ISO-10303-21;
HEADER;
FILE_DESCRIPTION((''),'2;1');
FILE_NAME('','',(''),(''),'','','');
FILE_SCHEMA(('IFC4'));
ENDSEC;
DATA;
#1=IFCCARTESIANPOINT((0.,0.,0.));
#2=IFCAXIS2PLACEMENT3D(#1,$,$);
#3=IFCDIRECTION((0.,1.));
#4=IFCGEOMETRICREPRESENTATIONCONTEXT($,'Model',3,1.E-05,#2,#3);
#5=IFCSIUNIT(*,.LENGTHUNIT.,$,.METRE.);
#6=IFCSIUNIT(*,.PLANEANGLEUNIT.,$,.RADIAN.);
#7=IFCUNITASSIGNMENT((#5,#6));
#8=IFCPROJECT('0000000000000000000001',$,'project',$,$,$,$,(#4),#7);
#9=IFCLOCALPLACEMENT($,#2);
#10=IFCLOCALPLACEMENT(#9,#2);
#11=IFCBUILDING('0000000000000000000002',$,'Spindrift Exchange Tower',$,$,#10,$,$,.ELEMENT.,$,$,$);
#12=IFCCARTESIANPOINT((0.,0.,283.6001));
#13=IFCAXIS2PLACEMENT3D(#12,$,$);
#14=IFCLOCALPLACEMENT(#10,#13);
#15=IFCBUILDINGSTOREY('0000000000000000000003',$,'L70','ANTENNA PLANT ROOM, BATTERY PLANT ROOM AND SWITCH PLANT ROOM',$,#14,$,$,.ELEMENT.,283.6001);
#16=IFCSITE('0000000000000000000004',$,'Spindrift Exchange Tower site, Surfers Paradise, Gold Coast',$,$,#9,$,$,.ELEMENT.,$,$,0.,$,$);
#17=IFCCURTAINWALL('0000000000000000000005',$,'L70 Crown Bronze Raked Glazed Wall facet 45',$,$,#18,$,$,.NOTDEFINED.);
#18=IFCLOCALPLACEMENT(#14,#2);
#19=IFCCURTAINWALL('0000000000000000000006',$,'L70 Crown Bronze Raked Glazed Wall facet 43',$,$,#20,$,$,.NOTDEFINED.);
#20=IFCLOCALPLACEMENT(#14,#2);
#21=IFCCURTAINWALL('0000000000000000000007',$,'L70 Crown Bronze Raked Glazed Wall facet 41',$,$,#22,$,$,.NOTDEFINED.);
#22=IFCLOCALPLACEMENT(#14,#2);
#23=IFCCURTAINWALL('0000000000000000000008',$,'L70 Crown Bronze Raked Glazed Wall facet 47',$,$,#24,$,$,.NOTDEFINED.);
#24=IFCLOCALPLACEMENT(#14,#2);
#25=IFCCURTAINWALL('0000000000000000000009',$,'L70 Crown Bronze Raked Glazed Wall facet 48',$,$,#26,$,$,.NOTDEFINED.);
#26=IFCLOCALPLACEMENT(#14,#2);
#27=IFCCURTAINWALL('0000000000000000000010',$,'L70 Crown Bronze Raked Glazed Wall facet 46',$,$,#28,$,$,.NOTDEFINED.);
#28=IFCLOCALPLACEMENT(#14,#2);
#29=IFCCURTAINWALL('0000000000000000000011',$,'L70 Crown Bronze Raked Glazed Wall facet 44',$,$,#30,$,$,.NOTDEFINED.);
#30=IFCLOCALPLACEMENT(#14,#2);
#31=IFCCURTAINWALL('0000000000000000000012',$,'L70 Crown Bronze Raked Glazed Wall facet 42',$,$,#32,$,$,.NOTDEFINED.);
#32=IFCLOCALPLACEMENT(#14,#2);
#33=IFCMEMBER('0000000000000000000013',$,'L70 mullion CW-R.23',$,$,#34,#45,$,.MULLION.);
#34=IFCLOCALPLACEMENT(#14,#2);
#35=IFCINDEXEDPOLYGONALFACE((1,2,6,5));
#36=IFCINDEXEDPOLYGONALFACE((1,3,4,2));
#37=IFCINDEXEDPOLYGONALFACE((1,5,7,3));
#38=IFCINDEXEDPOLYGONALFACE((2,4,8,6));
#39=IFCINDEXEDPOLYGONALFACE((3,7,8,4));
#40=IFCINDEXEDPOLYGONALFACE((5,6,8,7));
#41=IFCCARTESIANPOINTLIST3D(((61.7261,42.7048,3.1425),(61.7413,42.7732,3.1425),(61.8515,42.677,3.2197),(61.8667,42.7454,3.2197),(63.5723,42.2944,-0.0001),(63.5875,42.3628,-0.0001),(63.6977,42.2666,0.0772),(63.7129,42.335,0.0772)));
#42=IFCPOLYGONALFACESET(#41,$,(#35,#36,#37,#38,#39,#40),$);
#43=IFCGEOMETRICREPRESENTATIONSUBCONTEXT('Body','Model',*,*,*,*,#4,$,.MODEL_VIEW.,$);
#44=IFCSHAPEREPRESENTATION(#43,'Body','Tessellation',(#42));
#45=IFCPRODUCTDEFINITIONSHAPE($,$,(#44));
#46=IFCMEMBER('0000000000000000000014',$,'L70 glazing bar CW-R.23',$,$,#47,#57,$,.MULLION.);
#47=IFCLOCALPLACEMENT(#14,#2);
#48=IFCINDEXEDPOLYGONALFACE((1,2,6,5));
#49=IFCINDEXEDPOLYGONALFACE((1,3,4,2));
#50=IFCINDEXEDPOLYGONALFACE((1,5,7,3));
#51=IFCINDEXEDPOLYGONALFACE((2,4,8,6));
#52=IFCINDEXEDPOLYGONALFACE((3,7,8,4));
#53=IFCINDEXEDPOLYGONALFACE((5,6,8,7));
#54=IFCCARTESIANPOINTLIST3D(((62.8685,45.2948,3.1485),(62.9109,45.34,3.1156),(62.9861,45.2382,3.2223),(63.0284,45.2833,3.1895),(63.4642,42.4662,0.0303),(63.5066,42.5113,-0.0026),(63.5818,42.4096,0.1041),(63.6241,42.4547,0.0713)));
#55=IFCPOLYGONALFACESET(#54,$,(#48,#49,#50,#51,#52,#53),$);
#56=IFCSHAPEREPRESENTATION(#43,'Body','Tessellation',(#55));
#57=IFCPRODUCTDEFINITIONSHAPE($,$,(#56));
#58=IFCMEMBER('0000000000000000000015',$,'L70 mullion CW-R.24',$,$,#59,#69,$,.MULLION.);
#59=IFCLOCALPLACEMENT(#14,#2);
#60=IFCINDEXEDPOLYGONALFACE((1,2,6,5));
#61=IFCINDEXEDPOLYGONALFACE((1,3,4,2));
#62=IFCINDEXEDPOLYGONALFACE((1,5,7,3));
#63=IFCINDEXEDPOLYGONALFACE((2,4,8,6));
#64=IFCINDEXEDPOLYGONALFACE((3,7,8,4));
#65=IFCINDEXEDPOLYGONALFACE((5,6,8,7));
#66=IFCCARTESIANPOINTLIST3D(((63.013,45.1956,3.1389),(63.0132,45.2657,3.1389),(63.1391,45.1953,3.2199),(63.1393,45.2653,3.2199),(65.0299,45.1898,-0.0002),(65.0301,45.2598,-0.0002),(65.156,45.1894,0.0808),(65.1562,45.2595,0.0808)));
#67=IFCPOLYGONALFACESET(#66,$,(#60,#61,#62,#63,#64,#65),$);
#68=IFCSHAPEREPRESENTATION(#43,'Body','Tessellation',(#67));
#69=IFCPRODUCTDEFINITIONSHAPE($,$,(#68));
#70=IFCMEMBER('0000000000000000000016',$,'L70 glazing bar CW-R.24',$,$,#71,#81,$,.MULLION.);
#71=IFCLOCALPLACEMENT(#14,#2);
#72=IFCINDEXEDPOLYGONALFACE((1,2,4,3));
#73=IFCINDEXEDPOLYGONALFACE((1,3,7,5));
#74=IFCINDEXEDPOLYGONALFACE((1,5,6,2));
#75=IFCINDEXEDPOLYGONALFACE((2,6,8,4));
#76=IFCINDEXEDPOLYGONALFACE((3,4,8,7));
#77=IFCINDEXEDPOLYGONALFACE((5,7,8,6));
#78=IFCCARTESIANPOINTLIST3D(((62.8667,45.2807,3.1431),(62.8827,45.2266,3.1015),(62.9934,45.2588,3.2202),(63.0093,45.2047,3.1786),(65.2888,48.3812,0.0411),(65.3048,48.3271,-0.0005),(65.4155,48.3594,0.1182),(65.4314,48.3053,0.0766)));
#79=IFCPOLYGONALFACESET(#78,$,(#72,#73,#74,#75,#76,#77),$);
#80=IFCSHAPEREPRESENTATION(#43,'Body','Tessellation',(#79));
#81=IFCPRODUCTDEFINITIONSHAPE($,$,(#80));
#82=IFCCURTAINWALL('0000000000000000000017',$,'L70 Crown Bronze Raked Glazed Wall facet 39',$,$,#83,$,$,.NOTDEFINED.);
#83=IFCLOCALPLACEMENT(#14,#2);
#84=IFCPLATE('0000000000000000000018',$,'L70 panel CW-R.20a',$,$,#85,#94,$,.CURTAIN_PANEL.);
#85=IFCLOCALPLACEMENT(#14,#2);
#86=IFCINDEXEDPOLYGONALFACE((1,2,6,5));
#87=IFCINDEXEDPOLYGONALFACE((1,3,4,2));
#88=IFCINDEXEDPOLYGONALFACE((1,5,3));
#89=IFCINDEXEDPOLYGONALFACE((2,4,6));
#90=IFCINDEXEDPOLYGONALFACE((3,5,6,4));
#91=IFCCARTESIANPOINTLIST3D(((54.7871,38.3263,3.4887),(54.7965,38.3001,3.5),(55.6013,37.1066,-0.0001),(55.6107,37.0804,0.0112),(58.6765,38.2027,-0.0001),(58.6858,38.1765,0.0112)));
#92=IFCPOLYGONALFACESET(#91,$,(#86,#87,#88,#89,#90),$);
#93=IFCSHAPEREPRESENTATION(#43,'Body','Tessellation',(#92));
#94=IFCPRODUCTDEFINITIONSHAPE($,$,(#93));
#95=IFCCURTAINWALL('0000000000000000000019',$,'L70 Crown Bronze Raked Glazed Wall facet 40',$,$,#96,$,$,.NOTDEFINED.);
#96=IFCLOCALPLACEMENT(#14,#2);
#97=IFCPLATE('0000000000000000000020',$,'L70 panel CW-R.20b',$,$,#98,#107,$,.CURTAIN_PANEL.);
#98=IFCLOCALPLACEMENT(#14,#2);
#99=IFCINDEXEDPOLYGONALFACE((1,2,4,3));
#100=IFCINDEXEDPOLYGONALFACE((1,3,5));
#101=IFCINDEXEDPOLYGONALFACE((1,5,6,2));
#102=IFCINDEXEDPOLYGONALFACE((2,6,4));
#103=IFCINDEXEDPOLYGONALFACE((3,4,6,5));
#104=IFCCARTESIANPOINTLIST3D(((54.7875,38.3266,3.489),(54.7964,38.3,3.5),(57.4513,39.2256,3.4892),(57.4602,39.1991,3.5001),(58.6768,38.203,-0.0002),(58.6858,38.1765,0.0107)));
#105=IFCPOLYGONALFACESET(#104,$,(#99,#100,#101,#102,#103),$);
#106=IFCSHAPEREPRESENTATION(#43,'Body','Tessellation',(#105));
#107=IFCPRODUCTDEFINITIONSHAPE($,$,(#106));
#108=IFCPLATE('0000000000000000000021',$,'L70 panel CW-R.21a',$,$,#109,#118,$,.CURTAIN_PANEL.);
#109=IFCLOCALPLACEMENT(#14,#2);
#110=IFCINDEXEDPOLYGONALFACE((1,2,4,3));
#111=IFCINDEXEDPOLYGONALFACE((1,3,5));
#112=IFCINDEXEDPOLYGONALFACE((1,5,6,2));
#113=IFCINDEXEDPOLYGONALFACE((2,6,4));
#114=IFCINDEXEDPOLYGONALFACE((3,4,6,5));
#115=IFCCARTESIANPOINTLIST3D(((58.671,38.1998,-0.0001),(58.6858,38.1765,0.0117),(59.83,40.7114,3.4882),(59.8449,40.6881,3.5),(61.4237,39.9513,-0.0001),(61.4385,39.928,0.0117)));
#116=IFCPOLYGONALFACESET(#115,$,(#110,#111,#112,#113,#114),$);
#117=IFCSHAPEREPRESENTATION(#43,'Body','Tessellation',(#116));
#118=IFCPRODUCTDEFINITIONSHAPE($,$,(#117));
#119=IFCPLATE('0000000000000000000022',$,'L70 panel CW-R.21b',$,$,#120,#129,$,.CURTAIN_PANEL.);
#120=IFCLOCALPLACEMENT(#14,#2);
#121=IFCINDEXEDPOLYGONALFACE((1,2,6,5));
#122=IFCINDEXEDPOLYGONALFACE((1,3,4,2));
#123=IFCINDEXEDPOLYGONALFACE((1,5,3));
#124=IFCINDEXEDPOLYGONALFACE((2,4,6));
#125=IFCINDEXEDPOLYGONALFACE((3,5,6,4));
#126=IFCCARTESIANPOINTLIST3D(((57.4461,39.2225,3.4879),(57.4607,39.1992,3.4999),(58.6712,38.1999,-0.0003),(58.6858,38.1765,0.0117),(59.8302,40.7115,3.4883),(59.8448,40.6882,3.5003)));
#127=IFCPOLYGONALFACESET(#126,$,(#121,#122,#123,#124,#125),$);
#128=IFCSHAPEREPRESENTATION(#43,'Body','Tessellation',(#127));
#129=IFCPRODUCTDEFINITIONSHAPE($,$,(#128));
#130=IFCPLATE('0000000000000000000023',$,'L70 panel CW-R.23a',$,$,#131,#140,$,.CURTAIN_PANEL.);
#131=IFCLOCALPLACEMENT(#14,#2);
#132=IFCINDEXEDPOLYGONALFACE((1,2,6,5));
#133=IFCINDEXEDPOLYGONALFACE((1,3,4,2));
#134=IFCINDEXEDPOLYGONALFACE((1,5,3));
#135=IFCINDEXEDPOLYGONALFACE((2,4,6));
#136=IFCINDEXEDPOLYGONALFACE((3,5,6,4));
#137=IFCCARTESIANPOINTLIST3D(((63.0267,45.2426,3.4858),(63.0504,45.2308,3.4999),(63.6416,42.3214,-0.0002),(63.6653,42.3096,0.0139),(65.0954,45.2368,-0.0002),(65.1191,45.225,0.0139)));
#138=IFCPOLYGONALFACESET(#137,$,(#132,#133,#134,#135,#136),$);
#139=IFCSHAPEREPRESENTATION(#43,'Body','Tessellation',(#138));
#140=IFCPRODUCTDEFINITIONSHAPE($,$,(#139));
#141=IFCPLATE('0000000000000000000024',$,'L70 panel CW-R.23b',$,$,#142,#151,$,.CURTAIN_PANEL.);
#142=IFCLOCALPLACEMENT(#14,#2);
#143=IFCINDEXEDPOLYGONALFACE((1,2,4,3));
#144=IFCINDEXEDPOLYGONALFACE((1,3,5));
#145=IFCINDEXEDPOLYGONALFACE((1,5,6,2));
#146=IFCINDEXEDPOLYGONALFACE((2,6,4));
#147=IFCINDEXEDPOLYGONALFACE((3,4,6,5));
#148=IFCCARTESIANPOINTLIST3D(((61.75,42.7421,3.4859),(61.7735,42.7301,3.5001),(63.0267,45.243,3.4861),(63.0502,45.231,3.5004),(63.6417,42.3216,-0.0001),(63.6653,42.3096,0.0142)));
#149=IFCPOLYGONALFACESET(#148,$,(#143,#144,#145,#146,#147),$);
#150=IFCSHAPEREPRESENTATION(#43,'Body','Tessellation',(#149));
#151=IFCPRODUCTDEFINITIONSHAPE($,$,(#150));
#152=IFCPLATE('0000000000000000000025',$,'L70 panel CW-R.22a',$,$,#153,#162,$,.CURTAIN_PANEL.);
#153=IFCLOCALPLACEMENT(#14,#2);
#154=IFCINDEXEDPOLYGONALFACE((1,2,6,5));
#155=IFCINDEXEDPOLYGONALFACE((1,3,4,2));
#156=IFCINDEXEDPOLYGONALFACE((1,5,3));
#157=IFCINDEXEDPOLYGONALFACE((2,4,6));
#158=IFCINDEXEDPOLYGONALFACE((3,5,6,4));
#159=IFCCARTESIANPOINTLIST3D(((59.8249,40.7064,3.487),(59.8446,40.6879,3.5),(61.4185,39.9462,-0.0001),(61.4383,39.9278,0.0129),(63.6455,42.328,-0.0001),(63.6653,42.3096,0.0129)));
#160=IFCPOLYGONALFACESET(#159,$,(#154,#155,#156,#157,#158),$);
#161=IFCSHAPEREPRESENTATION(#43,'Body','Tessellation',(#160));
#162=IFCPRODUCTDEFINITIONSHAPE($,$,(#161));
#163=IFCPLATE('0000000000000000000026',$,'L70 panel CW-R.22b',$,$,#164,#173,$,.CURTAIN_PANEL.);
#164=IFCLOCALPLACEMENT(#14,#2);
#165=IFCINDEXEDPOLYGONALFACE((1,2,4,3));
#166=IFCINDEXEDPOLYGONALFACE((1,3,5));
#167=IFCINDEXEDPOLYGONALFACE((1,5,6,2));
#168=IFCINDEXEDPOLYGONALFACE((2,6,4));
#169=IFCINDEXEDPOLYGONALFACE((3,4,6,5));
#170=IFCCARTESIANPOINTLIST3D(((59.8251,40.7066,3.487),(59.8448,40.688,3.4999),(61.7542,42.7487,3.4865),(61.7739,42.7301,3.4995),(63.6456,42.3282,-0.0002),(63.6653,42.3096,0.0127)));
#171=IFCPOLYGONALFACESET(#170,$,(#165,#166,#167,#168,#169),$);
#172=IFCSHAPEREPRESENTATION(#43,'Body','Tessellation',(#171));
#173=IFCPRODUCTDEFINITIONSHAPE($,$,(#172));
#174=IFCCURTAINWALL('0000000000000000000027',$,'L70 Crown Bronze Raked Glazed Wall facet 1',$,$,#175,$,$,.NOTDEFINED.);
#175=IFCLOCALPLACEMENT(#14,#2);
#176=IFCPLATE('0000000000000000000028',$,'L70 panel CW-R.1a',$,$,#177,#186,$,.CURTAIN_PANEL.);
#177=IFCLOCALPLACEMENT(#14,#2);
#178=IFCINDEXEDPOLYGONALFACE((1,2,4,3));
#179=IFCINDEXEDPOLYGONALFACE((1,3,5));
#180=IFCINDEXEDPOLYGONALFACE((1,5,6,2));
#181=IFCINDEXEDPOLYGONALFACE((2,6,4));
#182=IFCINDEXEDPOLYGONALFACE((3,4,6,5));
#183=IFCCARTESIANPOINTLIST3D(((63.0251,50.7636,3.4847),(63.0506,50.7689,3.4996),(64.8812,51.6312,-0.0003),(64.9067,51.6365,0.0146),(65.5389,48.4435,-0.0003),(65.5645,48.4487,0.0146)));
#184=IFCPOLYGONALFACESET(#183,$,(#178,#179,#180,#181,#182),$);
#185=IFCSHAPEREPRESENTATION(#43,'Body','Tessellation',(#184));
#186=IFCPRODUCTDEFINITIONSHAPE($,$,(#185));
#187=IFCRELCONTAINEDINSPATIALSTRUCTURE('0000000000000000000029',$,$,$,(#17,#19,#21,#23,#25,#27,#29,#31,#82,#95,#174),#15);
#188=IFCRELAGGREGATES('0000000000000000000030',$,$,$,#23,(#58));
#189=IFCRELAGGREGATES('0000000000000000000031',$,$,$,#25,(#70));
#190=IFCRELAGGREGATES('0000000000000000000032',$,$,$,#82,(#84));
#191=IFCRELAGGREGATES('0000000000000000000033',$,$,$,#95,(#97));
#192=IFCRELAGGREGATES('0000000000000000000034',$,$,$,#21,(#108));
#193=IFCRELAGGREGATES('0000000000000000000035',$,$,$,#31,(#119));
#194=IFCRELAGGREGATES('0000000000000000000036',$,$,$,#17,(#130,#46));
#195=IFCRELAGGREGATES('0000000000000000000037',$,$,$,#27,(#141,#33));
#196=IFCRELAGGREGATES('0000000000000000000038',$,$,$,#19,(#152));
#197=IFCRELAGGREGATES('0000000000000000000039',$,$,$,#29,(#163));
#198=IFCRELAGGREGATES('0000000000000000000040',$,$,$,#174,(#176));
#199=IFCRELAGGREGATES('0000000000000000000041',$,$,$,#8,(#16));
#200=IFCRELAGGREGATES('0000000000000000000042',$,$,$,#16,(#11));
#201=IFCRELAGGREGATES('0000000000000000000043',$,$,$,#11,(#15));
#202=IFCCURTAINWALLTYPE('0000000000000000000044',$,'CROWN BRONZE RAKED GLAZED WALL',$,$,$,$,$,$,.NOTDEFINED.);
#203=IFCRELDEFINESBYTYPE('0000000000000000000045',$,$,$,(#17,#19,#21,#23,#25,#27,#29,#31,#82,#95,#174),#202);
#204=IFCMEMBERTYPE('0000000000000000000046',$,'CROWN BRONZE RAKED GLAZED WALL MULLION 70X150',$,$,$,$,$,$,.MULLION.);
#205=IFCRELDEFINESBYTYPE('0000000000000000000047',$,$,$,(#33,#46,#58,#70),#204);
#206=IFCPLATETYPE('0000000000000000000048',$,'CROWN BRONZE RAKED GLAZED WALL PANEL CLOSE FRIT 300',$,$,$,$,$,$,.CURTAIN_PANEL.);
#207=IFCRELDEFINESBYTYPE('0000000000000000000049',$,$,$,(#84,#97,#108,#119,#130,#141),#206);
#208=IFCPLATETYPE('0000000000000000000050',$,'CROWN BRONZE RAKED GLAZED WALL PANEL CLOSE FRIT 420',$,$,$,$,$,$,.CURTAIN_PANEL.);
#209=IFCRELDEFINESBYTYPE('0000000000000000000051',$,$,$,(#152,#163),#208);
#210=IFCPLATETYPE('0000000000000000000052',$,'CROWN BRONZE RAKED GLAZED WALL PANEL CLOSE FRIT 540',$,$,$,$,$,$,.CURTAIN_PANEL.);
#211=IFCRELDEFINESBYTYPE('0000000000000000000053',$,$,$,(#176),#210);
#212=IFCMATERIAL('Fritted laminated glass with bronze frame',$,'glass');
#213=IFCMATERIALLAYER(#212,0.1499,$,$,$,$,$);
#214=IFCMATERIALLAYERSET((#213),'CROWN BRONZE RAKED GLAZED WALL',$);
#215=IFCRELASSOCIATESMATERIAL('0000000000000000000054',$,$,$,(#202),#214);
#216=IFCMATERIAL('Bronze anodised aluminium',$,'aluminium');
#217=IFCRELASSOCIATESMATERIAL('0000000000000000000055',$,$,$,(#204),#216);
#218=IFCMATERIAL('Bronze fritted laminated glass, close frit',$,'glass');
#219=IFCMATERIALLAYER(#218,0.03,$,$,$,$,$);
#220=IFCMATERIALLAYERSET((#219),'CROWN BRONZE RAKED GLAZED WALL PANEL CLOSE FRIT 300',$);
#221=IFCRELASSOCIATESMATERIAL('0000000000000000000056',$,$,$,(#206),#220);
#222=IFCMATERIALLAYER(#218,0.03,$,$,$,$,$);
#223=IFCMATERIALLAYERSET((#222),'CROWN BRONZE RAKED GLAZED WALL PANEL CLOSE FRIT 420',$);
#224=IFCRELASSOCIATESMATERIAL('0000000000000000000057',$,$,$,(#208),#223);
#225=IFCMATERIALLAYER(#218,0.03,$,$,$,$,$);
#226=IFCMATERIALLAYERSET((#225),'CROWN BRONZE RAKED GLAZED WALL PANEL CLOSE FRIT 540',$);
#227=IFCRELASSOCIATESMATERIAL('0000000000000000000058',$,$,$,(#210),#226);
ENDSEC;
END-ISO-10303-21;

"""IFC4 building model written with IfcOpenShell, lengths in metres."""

from ifc_helpers import new_model, si_unit, direction, frame, origin, origin_2d, place, context, subcontext, project, spatial, line, indexed_curve, rectangle, outline, extrude, source, transform, mapped, material, layer, layer_set, material_profile, profile_set, type_object, element, aggregate, save


model = new_model("IFC4")

# Units and contexts
model_context = context("Model", 3, precision=1e-05, world=origin(), true_north=direction((0.0, 1.0)))
body_context = subcontext(model_context, "Body", "Model", "MODEL_VIEW")
ifc_project = project(units=[si_unit("LENGTHUNIT", "METRE"), si_unit("PLANEANGLEUNIT", "RADIAN")], contexts=[model_context])

# Site, building, storey
site_placement = place(None, origin())
site = spatial("IfcSite", under=ifc_project, at=site_placement, Name="Spindrift Exchange Tower site, Surfers Paradise, Gold Coast", CompositionType="ELEMENT", RefElevation=0.0)
building_placement = place(site_placement, origin())
building = spatial("IfcBuilding", under=site, at=building_placement, Name="Spindrift Exchange Tower", CompositionType="ELEMENT")
storey_placement = place(building_placement, frame((0.0, 0.0, 283.6001)))
storey = spatial("IfcBuildingStorey", under=building, at=storey_placement, Name="L70", Description="ANTENNA PLANT ROOM, BATTERY PLANT ROOM AND SWITCH PLANT ROOM", CompositionType="ELEMENT", Elevation=283.6001)

# Curtain walls
ifc_material_1 = material(Name="Fritted laminated glass with bronze frame", Category="glass")
ifc_layer_1 = layer(ifc_material_1, 0.1499)
ifc_layer_set_1 = layer_set([ifc_layer_1], Name="CROWN BRONZE RAKED GLAZED WALL")
curtain_wall_type = type_object("IfcCurtainWallType", Name="CROWN BRONZE RAKED GLAZED WALL", PredefinedType="NOTDEFINED", material=ifc_layer_set_1)
curtain_wall_1_placement = place(storey_placement, origin())
curtain_wall_1 = element("IfcCurtainWall", 1, at=curtain_wall_1_placement, inside=storey, type_object=curtain_wall_type, Name="L70 Crown Bronze Raked Glazed Wall facet 45", PredefinedType="NOTDEFINED")
ifc_material_2 = material(Name="Bronze anodised aluminium", Category="aluminium")
curtain_wall_2_placement = place(storey_placement, origin())
curtain_wall_2 = element("IfcCurtainWall", 2, at=curtain_wall_2_placement, inside=storey, type_object=curtain_wall_type, Name="L70 Crown Bronze Raked Glazed Wall facet 43", PredefinedType="NOTDEFINED")
curtain_wall_3_placement = place(storey_placement, origin())
curtain_wall_3 = element("IfcCurtainWall", 3, at=curtain_wall_3_placement, inside=storey, type_object=curtain_wall_type, Name="L70 Crown Bronze Raked Glazed Wall facet 41", PredefinedType="NOTDEFINED")
curtain_wall_4_placement = place(storey_placement, origin())
curtain_wall_4 = element("IfcCurtainWall", 4, at=curtain_wall_4_placement, inside=storey, type_object=curtain_wall_type, Name="L70 Crown Bronze Raked Glazed Wall facet 47", PredefinedType="NOTDEFINED")
curtain_wall_5_placement = place(storey_placement, origin())
curtain_wall_5 = element("IfcCurtainWall", 5, at=curtain_wall_5_placement, inside=storey, type_object=curtain_wall_type, Name="L70 Crown Bronze Raked Glazed Wall facet 48", PredefinedType="NOTDEFINED")

# Shared definitions
ifc_material_profile_1 = material_profile(ifc_material_2, rectangle(XDim=0.0701, YDim=0.1499, at=origin_2d()), Name="CROWN BRONZE RAKED GLAZED WALL MULLION 70X150")
ifc_profile_set_1 = profile_set([ifc_material_profile_1], Name="Bronze anodised aluminium")
member_type_1 = type_object("IfcMemberType", Name="CROWN BRONZE RAKED GLAZED WALL MULLION 70X150", PredefinedType="MULLION", material=ifc_profile_set_1)

# Curtain walls
curtain_wall_6_placement = place(storey_placement, origin())
curtain_wall_6 = element("IfcCurtainWall", 6, at=curtain_wall_6_placement, inside=storey, type_object=curtain_wall_type, Name="L70 Crown Bronze Raked Glazed Wall facet 46", PredefinedType="NOTDEFINED")
curtain_wall_7_placement = place(storey_placement, origin())
curtain_wall_7 = element("IfcCurtainWall", 7, at=curtain_wall_7_placement, inside=storey, type_object=curtain_wall_type, Name="L70 Crown Bronze Raked Glazed Wall facet 44", PredefinedType="NOTDEFINED")
curtain_wall_8_placement = place(storey_placement, origin())
curtain_wall_8 = element("IfcCurtainWall", 8, at=curtain_wall_8_placement, inside=storey, type_object=curtain_wall_type, Name="L70 Crown Bronze Raked Glazed Wall facet 42", PredefinedType="NOTDEFINED")

# Members
shared_shape_1 = source(origin(), body_context, "Body", "SweptSolid", [
    extrude(rectangle(XDim=0.0701, YDim=0.1499, at=origin_2d()), origin(), (0.0, 0.0, 1.0), 3.6677),
])
member_1_placement = place(storey_placement, frame((63.6426, 42.3147, 0.0386), z_axis=(-0.503353, 0.111893, 0.856805), x_axis=(-0.216999, -0.976172, 0.0)))
member_1 = element("IfcMember", 9, at=member_1_placement, type_object=member_type_1, Name="L70 mullion CW-R.23", PredefinedType="MULLION", context=body_context, shape_type="MappedRepresentation", body=[
    mapped(shared_shape_1, transform((0.0, 0.0, 0.0), scale=1.0)),
])
shared_shape_2 = source(origin(), body_context, "Body", "SweptSolid", [
    extrude(rectangle(XDim=0.0701, YDim=0.1499, at=origin_2d()), origin(), (0.0, 0.0, 1.0), 4.252),
])
member_2_placement = place(storey_placement, frame((63.5442, 42.4604, 0.0508), z_axis=(-0.140102, 0.665255, 0.733354), x_axis=(-0.604668, -0.64399, 0.468672)))
member_2 = element("IfcMember", 10, at=member_2_placement, type_object=member_type_1, Name="L70 glazing bar CW-R.23", PredefinedType="MULLION", context=body_context, shape_type="MappedRepresentation", body=[
    mapped(shared_shape_2, transform((0.0, 0.0, 0.0), scale=1.0)),
])
shared_shape_3 = source(origin(), body_context, "Body", "SweptSolid", [
    extrude(rectangle(XDim=0.0701, YDim=0.1499, at=origin_2d()), origin(), (0.0, 0.0, 1.0), 3.7312),
])
member_3_placement = place(storey_placement, frame((65.093, 45.2246, 0.0403), z_axis=(-0.540532, 0.00157, 0.841322), x_axis=(-0.002905, -0.999996, 0.0)))
member_3 = element("IfcMember", 11, at=member_3_placement, type_object=member_type_1, Name="L70 mullion CW-R.24", PredefinedType="MULLION", context=body_context, shape_type="MappedRepresentation", body=[
    mapped(shared_shape_3, transform((0.0, 0.0, 0.0), scale=1.0)),
])
aggregate(curtain_wall_4, [member_3])
shared_shape_4 = source(origin(), body_context, "Body", "SweptSolid", [
    extrude(rectangle(XDim=0.0701, YDim=0.1499, at=origin_2d()), origin(), (0.0, 0.0, 1.0), 5.0103),
])
member_4_placement = place(storey_placement, frame((65.3601, 48.3433, 0.0588), z_axis=(-0.483429, -0.618844, 0.619136), x_axis=(0.228207, -0.771911, -0.593359)))
member_4 = element("IfcMember", 12, at=member_4_placement, type_object=member_type_1, Name="L70 glazing bar CW-R.24", PredefinedType="MULLION", context=body_context, shape_type="MappedRepresentation", body=[
    mapped(shared_shape_4, transform((0.0, 0.0, 0.0), scale=1.0)),
])
aggregate(curtain_wall_5, [member_4])

# Curtain walls, plates
curtain_wall_9_placement = place(storey_placement, origin())
curtain_wall_9 = element("IfcCurtainWall", 13, at=curtain_wall_9_placement, inside=storey, type_object=curtain_wall_type, Name="L70 Crown Bronze Raked Glazed Wall facet 39", PredefinedType="NOTDEFINED")
ifc_material_3 = material(Name="Bronze fritted laminated glass, close frit", Category="glass")
ifc_layer_2 = layer(ifc_material_3, 0.03)
ifc_layer_set_2 = layer_set([ifc_layer_2], Name="CROWN BRONZE RAKED GLAZED WALL PANEL CLOSE FRIT 300")
plate_type_1 = type_object("IfcPlateType", Name="CROWN BRONZE RAKED GLAZED WALL PANEL CLOSE FRIT 300", PredefinedType="CURTAIN_PANEL", material=ifc_layer_set_2)
plate_1_placement = place(storey_placement, frame((58.6858, 38.1765, 0.0112), z_axis=(0.310907, -0.872258, 0.377496), x_axis=(-0.941952, -0.335749, 0.0)))
plate_1 = element("IfcPlate", 14, at=plate_1_placement, type_object=plate_type_1, Name="L70 panel CW-R.20a", PredefinedType="CURTAIN_PANEL", context=body_context, shape_type="SweptSolid", body=[
    extrude(outline(indexed_curve([(0.0, 0.0), (3.2646, 0.0), (3.6221, -3.7676)], segments=[line(1, 2, 3, 1)], self_intersect=False)), origin(), (0.0, 0.0, -1.0), 0.03),
])
aggregate(curtain_wall_9, [plate_1])
curtain_wall_10_placement = place(storey_placement, origin())
curtain_wall_10 = element("IfcCurtainWall", 15, at=curtain_wall_10_placement, inside=storey, type_object=curtain_wall_type, Name="L70 Crown Bronze Raked Glazed Wall facet 40", PredefinedType="NOTDEFINED")
plate_2_placement = place(storey_placement, frame((58.6858, 38.1765, 0.0107), z_axis=(0.297915, -0.882744, 0.363333), x_axis=(-0.744152, 0.023636, 0.667592)))
plate_2 = element("IfcPlate", 16, at=plate_2_placement, type_object=plate_type_1, Name="L70 panel CW-R.20b", PredefinedType="CURTAIN_PANEL", context=body_context, shape_type="SweptSolid", body=[
    extrude(outline(indexed_curve([(0.0, 0.0), (5.2266, 0.0), (3.2656, -2.0146)], segments=[line(1, 2, 3, 1)], self_intersect=False)), origin(), (0.0, 0.0, -1.0), 0.03),
])
aggregate(curtain_wall_10, [plate_2])

# Plates
plate_3_placement = place(storey_placement, frame((58.6858, 38.1765, 0.0117), z_axis=(0.493325, -0.775334, 0.39432), x_axis=(0.843695, 0.536822, 0.0)))
plate_3 = element("IfcPlate", 17, at=plate_3_placement, type_object=plate_type_1, Name="L70 panel CW-R.21a", PredefinedType="CURTAIN_PANEL", context=body_context, shape_type="SweptSolid", body=[
    extrude(outline(indexed_curve([(0.0, 0.0), (3.2627, 0.0), (2.3262, 3.7959)], segments=[line(1, 2, 3, 1)], self_intersect=False)), origin(), (0.0, 0.0, -1.0), 0.03),
])
aggregate(curtain_wall_3, [plate_3])
plate_4_placement = place(storey_placement, frame((58.6858, 38.1765, 0.0117), z_axis=(0.485767, -0.77788, 0.398664), x_axis=(0.260328, 0.564145, 0.783562)))
plate_4 = element("IfcPlate", 18, at=plate_4_placement, type_object=plate_type_1, Name="L70 panel CW-R.21b", PredefinedType="CURTAIN_PANEL", context=body_context, shape_type="SweptSolid", body=[
    extrude(outline(indexed_curve([(0.0, 0.0), (4.4521, 0.0), (2.9912, 2.4014)], segments=[line(1, 2, 3, 1)], self_intersect=False)), origin(), (0.0, 0.0, -1.0), 0.03),
])
aggregate(curtain_wall_8, [plate_4])
plate_5_placement = place(storey_placement, frame((63.6653, 42.3096, 0.0139), z_axis=(0.790123, -0.394003, 0.46954), x_axis=(0.446254, 0.894906, 0.0)))
plate_5 = element("IfcPlate", 19, at=plate_5_placement, type_object=plate_type_1, Name="L70 panel CW-R.23a", PredefinedType="CURTAIN_PANEL", context=body_context, shape_type="SweptSolid", body=[
    extrude(outline(indexed_curve([(0.0, 0.0), (3.2578, 0.0), (2.3398, 3.9482)], segments=[line(1, 2, 3, 1)], self_intersect=False)), origin(), (0.0, 0.0, -1.0), 0.03),
])
aggregate(curtain_wall_1, [plate_5, member_2])
plate_6_placement = place(storey_placement, frame((63.6653, 42.3096, 0.0142), z_axis=(0.784274, -0.400407, 0.473908), x_axis=(-0.134003, 0.636501, 0.759546)))
plate_6 = element("IfcPlate", 20, at=plate_6_placement, type_object=plate_type_1, Name="L70 panel CW-R.23b", PredefinedType="CURTAIN_PANEL", context=body_context, shape_type="SweptSolid", body=[
    extrude(outline(indexed_curve([(0.0, 0.0), (4.5898, 0.0), (3.1689, 2.4219)], segments=[line(1, 2, 3, 1)], self_intersect=False)), origin(), (0.0, 0.0, -1.0), 0.03),
])
aggregate(curtain_wall_6, [plate_6, member_1])
ifc_layer_3 = layer(ifc_material_3, 0.03)
ifc_layer_set_3 = layer_set([ifc_layer_3], Name="CROWN BRONZE RAKED GLAZED WALL PANEL CLOSE FRIT 420")
plate_type_2 = type_object("IfcPlateType", Name="CROWN BRONZE RAKED GLAZED WALL PANEL CLOSE FRIT 420", PredefinedType="CURTAIN_PANEL", material=ifc_layer_set_3)
plate_7_placement = place(storey_placement, frame((63.6653, 42.3096, 0.0129), z_axis=(0.657818, -0.615065, 0.434708), x_axis=(-0.682972, -0.730445, 0.0)))
plate_7 = element("IfcPlate", 21, at=plate_7_placement, type_object=plate_type_2, Name="L70 panel CW-R.22a", PredefinedType="CURTAIN_PANEL", context=body_context, shape_type="SweptSolid", body=[
    extrude(outline(indexed_curve([(0.0, 0.0), (3.2607, 0.0), (3.7939, -3.8721)], segments=[line(1, 2, 3, 1)], self_intersect=False)), origin(), (0.0, 0.0, -1.0), 0.03),
])
aggregate(curtain_wall_2, [plate_7])
plate_8_placement = place(storey_placement, frame((63.6653, 42.3096, 0.0127), z_axis=(0.656116, -0.619722, 0.430647), x_axis=(-0.704767, -0.299128, 0.643293)))
plate_8 = element("IfcPlate", 22, at=plate_8_placement, type_object=plate_type_2, Name="L70 panel CW-R.22b", PredefinedType="CURTAIN_PANEL", context=body_context, shape_type="SweptSolid", body=[
    extrude(outline(indexed_curve([(0.0, 0.0), (5.4209, 0.0), (3.4502, -2.002)], segments=[line(1, 2, 3, 1)], self_intersect=False)), origin(), (0.0, 0.0, -1.0), 0.03),
])
aggregate(curtain_wall_7, [plate_8])

# Curtain wall, plate
curtain_wall_11_placement = place(storey_placement, origin())
curtain_wall_11 = element("IfcCurtainWall", 23, at=curtain_wall_11_placement, inside=storey, type_object=curtain_wall_type, Name="L70 Crown Bronze Raked Glazed Wall facet 1", PredefinedType="NOTDEFINED")
ifc_layer_4 = layer(ifc_material_3, 0.03)
ifc_layer_set_4 = layer_set([ifc_layer_4], Name="CROWN BRONZE RAKED GLAZED WALL PANEL CLOSE FRIT 540")
plate_type_3 = type_object("IfcPlateType", Name="CROWN BRONZE RAKED GLAZED WALL PANEL CLOSE FRIT 540", PredefinedType="CURTAIN_PANEL", material=ifc_layer_set_4)
plate_9_placement = place(storey_placement, frame((65.5645, 48.4487, 0.0146), z_axis=(0.850148, 0.175408, 0.496468), x_axis=(-0.20207, 0.979371, 0.0)))
plate_9 = element("IfcPlate", 24, at=plate_9_placement, type_object=plate_type_3, Name="L70 panel CW-R.1a", PredefinedType="CURTAIN_PANEL", context=body_context, shape_type="SweptSolid", body=[
    extrude(outline(indexed_curve([(0.0, 0.0), (3.2549, 0.0), (2.7803, 4.0146)], segments=[line(1, 2, 3, 1)], self_intersect=False)), origin(), (0.0, 0.0, -1.0), 0.03),
])
aggregate(curtain_wall_11, [plate_9])

save(model, "model.ifc")
